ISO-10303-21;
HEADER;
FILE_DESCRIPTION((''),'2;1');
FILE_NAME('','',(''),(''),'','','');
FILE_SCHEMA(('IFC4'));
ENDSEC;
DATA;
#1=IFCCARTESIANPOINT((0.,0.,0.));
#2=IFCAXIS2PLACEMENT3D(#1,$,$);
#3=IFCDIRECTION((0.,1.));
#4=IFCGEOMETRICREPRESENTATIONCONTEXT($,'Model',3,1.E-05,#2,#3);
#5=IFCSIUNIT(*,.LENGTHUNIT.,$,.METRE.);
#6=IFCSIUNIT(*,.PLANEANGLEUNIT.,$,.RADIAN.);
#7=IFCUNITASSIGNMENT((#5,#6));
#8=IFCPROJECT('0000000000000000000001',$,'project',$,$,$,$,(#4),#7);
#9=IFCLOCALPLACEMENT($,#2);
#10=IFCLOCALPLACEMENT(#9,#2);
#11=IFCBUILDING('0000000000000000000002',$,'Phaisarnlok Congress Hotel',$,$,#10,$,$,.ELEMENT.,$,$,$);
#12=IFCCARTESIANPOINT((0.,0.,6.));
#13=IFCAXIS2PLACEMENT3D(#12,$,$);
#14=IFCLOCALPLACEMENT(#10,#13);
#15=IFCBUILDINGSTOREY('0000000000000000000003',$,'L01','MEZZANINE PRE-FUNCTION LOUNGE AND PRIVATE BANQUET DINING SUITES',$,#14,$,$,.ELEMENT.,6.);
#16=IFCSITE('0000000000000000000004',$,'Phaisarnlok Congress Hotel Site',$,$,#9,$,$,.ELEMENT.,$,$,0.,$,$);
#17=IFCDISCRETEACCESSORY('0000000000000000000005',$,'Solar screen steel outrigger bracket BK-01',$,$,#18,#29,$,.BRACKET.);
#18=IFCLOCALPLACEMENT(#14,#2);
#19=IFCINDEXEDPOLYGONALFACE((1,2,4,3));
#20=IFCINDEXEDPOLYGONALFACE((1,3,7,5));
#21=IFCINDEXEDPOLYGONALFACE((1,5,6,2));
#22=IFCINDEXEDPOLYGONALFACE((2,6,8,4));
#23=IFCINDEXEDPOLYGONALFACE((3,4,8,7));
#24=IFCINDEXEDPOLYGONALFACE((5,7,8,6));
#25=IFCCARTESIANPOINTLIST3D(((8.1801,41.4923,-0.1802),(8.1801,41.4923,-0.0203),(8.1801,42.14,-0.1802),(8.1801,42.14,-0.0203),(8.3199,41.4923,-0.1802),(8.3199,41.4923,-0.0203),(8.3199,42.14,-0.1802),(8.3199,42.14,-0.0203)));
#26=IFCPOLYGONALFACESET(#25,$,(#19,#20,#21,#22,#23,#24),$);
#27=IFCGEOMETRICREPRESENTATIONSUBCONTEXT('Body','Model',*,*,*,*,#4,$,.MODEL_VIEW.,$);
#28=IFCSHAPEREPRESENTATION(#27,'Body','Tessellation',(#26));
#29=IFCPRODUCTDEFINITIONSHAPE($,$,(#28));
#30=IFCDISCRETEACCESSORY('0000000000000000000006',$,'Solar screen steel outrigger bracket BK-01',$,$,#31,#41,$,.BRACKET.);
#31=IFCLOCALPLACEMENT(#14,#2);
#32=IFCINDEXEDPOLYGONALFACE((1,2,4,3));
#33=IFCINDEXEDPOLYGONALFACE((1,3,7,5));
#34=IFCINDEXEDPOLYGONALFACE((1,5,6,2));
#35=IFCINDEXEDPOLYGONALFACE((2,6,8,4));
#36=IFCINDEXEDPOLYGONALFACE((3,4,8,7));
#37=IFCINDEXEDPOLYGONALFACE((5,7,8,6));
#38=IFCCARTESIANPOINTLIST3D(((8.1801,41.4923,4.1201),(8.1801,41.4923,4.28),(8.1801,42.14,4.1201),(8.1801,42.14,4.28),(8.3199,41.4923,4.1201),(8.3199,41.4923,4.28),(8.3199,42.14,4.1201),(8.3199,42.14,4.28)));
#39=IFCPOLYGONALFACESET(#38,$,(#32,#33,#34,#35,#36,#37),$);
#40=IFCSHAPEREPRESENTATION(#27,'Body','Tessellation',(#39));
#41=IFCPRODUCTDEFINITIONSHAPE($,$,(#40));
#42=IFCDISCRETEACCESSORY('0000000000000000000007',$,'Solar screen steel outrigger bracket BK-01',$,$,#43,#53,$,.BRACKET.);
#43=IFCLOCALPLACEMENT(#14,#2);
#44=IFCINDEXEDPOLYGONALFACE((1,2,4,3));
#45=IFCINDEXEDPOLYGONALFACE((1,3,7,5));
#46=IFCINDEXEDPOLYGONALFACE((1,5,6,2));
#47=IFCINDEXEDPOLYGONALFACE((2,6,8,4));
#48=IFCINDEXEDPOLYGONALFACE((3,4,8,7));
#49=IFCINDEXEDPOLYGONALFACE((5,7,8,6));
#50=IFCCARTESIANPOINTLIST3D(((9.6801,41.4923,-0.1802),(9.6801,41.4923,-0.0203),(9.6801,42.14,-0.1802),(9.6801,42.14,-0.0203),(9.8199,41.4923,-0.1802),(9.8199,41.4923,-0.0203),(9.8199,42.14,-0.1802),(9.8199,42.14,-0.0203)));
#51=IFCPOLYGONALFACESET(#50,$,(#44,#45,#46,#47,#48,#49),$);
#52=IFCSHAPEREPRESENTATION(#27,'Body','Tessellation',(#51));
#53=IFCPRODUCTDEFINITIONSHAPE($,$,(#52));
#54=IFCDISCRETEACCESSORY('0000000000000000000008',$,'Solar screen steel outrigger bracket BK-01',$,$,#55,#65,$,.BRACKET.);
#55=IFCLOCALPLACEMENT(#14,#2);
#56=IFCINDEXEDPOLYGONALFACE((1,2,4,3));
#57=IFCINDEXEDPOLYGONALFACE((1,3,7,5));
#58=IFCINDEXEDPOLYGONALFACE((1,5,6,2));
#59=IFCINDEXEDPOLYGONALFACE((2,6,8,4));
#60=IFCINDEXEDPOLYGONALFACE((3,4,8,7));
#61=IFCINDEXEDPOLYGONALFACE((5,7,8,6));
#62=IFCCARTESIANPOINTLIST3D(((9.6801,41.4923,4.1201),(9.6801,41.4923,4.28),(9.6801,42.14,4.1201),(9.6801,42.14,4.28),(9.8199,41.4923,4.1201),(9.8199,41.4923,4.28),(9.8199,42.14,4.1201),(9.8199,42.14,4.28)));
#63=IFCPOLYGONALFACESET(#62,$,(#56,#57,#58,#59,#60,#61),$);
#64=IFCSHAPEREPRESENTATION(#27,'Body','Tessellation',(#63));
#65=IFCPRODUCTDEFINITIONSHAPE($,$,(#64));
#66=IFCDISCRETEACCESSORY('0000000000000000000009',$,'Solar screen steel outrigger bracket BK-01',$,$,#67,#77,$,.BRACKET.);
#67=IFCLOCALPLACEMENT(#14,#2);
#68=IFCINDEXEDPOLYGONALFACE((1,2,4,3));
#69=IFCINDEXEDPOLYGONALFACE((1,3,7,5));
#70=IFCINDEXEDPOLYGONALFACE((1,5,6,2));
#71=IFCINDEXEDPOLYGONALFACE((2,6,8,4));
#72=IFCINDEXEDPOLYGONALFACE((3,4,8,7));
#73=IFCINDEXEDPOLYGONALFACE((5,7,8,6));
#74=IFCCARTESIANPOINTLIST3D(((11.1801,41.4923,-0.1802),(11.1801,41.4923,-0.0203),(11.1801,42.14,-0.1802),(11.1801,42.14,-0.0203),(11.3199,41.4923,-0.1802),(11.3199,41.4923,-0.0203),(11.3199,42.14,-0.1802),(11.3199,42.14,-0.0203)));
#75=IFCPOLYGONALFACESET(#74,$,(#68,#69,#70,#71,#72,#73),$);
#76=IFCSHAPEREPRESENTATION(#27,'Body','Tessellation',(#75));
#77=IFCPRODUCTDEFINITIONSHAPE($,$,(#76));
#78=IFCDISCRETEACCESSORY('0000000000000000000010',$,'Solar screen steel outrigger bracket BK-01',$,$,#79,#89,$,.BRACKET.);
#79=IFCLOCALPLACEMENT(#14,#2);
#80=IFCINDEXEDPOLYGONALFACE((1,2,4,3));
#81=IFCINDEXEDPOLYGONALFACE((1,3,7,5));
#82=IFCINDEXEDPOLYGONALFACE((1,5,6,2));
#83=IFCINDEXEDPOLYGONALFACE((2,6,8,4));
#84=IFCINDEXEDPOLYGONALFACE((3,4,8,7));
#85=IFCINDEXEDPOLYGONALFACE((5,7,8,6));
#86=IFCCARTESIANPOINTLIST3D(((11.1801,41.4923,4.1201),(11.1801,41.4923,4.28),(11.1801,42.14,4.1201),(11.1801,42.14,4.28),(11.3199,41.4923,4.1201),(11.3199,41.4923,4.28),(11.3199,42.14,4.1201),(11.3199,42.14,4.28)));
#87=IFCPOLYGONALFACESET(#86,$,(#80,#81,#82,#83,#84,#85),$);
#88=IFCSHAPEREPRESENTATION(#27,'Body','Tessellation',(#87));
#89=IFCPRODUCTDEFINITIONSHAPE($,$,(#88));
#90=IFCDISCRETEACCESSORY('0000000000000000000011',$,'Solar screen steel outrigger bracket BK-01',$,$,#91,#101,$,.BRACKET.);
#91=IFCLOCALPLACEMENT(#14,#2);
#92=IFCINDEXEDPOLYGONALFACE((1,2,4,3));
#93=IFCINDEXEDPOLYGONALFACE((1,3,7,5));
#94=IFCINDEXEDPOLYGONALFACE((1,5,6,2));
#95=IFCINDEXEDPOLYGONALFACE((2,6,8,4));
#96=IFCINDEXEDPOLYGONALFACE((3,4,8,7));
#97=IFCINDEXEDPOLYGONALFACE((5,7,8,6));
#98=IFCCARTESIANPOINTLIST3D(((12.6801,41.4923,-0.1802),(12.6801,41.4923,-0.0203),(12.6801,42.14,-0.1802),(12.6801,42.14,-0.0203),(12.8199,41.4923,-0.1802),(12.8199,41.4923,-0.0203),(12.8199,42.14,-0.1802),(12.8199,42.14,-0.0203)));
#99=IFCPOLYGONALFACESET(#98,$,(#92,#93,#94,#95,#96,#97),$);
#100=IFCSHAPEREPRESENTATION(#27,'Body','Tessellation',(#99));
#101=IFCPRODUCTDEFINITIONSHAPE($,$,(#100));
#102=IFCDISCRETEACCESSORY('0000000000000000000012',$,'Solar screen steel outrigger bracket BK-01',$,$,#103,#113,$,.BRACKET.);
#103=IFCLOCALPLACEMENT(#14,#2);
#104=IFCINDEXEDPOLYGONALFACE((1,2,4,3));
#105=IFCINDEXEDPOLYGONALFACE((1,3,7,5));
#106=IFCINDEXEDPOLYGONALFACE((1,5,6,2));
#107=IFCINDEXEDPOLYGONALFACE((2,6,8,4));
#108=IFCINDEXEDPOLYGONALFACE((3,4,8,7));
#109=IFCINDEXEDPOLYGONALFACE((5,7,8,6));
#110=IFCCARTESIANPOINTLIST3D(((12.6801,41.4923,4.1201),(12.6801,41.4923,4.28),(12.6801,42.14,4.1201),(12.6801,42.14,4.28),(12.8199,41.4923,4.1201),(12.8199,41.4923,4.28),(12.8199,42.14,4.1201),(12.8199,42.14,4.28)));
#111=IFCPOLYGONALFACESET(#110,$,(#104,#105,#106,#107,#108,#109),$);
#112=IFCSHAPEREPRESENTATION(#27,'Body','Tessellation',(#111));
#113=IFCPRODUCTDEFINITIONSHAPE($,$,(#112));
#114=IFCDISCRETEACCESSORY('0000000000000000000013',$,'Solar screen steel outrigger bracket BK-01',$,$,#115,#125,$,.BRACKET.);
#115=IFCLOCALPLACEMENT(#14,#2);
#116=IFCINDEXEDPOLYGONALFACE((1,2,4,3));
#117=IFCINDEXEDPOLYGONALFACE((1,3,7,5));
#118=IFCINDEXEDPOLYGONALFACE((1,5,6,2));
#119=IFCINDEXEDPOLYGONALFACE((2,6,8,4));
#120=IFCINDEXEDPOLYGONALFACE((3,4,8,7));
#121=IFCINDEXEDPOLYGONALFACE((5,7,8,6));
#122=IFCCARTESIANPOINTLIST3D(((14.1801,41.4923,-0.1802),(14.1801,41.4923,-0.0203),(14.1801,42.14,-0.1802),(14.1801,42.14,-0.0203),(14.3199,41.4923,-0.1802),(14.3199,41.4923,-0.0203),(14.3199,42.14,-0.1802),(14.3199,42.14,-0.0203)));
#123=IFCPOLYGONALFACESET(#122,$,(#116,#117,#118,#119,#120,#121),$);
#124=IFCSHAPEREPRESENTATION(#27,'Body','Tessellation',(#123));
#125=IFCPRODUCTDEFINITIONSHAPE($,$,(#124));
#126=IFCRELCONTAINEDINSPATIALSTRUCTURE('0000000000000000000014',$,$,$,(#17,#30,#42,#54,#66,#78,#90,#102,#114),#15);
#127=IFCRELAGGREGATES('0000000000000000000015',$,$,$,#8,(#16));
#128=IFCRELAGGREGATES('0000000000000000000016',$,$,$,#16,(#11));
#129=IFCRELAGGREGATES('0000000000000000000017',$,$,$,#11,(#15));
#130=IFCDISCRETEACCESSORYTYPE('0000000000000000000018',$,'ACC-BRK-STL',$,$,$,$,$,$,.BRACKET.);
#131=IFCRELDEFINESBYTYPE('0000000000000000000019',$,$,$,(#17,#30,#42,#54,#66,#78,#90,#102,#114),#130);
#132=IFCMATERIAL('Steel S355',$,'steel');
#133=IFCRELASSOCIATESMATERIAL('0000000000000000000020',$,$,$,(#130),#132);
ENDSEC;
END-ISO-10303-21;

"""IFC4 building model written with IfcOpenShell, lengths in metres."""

from ifc_helpers import new_model, si_unit, direction, frame, origin, origin_2d, place, context, subcontext, project, spatial, rectangle, extrude, material, type_object, element, save


model = new_model("IFC4")

# Units and contexts
model_context = context("Model", 3, precision=1e-05, world=origin(), true_north=direction((0.0, 1.0)))
body_context = subcontext(model_context, "Body", "Model", "MODEL_VIEW")
ifc_project = project(units=[si_unit("LENGTHUNIT", "METRE"), si_unit("PLANEANGLEUNIT", "RADIAN")], contexts=[model_context])

# Site, building, storey
site_placement = place(None, origin())
site = spatial("IfcSite", under=ifc_project, at=site_placement, Name="Phaisarnlok Congress Hotel Site", CompositionType="ELEMENT", RefElevation=0.0)
building_placement = place(site_placement, origin())
building = spatial("IfcBuilding", under=site, at=building_placement, Name="Phaisarnlok Congress Hotel", CompositionType="ELEMENT")
storey_placement = place(building_placement, frame((0.0, 0.0, 6.0)))
storey = spatial("IfcBuildingStorey", under=building, at=storey_placement, Name="L01", Description="MEZZANINE PRE-FUNCTION LOUNGE AND PRIVATE BANQUET DINING SUITES", CompositionType="ELEMENT", Elevation=6.0)

# Discrete accessories
ifc_material_1 = material(Name="Steel S355", Category="steel")
discrete_accessory_type = type_object("IfcDiscreteAccessoryType", Name="ACC-BRK-STL", PredefinedType="BRACKET", material=ifc_material_1)
for number, where, z_axis, x_axis, name in (
    (1, (8.25, 41.8162, -0.1802), (0.0, 0.0, 1.0), (1.0, 0.0, 0.0), "Solar screen steel outrigger bracket BK-01"),
    (2, (8.25, 41.8162, 4.1201), (0.0, 0.0, 1.0), (1.0, 0.0, 0.0), "Solar screen steel outrigger bracket BK-01"),
    (3, (9.75, 41.8162, -0.1802), (0.0, 0.0, 1.0), (1.0, 0.0, 0.0), "Solar screen steel outrigger bracket BK-01"),
    (4, (9.75, 41.8162, 4.1201), (0.0, 0.0, 1.0), (1.0, 0.0, 0.0), "Solar screen steel outrigger bracket BK-01"),
    (5, (11.25, 41.8162, -0.1802), (0.0, 0.0, 1.0), (1.0, 0.0, 0.0), "Solar screen steel outrigger bracket BK-01"),
    (6, (11.25, 41.8162, 4.1201), (0.0, 0.0, 1.0), (1.0, 0.0, 0.0), "Solar screen steel outrigger bracket BK-01"),
    (7, (12.75, 41.8162, -0.1802), (0.0, 0.0, 1.0), (1.0, 0.0, 0.0), "Solar screen steel outrigger bracket BK-01"),
    (8, (12.75, 41.8162, 4.1201), (0.0, 0.0, 1.0), (1.0, 0.0, 0.0), "Solar screen steel outrigger bracket BK-01"),
    (9, (14.25, 41.8162, -0.1802), (0.0, 0.0, 1.0), (1.0, 0.0, 0.0), "Solar screen steel outrigger bracket BK-01"),
):
    element("IfcDiscreteAccessory", number, at=place(storey_placement, frame(where, z_axis=z_axis, x_axis=x_axis)), inside=storey, type_object=discrete_accessory_type, Name=name, PredefinedType="BRACKET", context=body_context, shape_type="SweptSolid", body=[
        extrude(rectangle(XDim=0.1399, YDim=0.6477, at=origin_2d()), origin(), (0.0, 0.0, 1.0), 0.1599),
    ])

save(model, "model.ifc")
